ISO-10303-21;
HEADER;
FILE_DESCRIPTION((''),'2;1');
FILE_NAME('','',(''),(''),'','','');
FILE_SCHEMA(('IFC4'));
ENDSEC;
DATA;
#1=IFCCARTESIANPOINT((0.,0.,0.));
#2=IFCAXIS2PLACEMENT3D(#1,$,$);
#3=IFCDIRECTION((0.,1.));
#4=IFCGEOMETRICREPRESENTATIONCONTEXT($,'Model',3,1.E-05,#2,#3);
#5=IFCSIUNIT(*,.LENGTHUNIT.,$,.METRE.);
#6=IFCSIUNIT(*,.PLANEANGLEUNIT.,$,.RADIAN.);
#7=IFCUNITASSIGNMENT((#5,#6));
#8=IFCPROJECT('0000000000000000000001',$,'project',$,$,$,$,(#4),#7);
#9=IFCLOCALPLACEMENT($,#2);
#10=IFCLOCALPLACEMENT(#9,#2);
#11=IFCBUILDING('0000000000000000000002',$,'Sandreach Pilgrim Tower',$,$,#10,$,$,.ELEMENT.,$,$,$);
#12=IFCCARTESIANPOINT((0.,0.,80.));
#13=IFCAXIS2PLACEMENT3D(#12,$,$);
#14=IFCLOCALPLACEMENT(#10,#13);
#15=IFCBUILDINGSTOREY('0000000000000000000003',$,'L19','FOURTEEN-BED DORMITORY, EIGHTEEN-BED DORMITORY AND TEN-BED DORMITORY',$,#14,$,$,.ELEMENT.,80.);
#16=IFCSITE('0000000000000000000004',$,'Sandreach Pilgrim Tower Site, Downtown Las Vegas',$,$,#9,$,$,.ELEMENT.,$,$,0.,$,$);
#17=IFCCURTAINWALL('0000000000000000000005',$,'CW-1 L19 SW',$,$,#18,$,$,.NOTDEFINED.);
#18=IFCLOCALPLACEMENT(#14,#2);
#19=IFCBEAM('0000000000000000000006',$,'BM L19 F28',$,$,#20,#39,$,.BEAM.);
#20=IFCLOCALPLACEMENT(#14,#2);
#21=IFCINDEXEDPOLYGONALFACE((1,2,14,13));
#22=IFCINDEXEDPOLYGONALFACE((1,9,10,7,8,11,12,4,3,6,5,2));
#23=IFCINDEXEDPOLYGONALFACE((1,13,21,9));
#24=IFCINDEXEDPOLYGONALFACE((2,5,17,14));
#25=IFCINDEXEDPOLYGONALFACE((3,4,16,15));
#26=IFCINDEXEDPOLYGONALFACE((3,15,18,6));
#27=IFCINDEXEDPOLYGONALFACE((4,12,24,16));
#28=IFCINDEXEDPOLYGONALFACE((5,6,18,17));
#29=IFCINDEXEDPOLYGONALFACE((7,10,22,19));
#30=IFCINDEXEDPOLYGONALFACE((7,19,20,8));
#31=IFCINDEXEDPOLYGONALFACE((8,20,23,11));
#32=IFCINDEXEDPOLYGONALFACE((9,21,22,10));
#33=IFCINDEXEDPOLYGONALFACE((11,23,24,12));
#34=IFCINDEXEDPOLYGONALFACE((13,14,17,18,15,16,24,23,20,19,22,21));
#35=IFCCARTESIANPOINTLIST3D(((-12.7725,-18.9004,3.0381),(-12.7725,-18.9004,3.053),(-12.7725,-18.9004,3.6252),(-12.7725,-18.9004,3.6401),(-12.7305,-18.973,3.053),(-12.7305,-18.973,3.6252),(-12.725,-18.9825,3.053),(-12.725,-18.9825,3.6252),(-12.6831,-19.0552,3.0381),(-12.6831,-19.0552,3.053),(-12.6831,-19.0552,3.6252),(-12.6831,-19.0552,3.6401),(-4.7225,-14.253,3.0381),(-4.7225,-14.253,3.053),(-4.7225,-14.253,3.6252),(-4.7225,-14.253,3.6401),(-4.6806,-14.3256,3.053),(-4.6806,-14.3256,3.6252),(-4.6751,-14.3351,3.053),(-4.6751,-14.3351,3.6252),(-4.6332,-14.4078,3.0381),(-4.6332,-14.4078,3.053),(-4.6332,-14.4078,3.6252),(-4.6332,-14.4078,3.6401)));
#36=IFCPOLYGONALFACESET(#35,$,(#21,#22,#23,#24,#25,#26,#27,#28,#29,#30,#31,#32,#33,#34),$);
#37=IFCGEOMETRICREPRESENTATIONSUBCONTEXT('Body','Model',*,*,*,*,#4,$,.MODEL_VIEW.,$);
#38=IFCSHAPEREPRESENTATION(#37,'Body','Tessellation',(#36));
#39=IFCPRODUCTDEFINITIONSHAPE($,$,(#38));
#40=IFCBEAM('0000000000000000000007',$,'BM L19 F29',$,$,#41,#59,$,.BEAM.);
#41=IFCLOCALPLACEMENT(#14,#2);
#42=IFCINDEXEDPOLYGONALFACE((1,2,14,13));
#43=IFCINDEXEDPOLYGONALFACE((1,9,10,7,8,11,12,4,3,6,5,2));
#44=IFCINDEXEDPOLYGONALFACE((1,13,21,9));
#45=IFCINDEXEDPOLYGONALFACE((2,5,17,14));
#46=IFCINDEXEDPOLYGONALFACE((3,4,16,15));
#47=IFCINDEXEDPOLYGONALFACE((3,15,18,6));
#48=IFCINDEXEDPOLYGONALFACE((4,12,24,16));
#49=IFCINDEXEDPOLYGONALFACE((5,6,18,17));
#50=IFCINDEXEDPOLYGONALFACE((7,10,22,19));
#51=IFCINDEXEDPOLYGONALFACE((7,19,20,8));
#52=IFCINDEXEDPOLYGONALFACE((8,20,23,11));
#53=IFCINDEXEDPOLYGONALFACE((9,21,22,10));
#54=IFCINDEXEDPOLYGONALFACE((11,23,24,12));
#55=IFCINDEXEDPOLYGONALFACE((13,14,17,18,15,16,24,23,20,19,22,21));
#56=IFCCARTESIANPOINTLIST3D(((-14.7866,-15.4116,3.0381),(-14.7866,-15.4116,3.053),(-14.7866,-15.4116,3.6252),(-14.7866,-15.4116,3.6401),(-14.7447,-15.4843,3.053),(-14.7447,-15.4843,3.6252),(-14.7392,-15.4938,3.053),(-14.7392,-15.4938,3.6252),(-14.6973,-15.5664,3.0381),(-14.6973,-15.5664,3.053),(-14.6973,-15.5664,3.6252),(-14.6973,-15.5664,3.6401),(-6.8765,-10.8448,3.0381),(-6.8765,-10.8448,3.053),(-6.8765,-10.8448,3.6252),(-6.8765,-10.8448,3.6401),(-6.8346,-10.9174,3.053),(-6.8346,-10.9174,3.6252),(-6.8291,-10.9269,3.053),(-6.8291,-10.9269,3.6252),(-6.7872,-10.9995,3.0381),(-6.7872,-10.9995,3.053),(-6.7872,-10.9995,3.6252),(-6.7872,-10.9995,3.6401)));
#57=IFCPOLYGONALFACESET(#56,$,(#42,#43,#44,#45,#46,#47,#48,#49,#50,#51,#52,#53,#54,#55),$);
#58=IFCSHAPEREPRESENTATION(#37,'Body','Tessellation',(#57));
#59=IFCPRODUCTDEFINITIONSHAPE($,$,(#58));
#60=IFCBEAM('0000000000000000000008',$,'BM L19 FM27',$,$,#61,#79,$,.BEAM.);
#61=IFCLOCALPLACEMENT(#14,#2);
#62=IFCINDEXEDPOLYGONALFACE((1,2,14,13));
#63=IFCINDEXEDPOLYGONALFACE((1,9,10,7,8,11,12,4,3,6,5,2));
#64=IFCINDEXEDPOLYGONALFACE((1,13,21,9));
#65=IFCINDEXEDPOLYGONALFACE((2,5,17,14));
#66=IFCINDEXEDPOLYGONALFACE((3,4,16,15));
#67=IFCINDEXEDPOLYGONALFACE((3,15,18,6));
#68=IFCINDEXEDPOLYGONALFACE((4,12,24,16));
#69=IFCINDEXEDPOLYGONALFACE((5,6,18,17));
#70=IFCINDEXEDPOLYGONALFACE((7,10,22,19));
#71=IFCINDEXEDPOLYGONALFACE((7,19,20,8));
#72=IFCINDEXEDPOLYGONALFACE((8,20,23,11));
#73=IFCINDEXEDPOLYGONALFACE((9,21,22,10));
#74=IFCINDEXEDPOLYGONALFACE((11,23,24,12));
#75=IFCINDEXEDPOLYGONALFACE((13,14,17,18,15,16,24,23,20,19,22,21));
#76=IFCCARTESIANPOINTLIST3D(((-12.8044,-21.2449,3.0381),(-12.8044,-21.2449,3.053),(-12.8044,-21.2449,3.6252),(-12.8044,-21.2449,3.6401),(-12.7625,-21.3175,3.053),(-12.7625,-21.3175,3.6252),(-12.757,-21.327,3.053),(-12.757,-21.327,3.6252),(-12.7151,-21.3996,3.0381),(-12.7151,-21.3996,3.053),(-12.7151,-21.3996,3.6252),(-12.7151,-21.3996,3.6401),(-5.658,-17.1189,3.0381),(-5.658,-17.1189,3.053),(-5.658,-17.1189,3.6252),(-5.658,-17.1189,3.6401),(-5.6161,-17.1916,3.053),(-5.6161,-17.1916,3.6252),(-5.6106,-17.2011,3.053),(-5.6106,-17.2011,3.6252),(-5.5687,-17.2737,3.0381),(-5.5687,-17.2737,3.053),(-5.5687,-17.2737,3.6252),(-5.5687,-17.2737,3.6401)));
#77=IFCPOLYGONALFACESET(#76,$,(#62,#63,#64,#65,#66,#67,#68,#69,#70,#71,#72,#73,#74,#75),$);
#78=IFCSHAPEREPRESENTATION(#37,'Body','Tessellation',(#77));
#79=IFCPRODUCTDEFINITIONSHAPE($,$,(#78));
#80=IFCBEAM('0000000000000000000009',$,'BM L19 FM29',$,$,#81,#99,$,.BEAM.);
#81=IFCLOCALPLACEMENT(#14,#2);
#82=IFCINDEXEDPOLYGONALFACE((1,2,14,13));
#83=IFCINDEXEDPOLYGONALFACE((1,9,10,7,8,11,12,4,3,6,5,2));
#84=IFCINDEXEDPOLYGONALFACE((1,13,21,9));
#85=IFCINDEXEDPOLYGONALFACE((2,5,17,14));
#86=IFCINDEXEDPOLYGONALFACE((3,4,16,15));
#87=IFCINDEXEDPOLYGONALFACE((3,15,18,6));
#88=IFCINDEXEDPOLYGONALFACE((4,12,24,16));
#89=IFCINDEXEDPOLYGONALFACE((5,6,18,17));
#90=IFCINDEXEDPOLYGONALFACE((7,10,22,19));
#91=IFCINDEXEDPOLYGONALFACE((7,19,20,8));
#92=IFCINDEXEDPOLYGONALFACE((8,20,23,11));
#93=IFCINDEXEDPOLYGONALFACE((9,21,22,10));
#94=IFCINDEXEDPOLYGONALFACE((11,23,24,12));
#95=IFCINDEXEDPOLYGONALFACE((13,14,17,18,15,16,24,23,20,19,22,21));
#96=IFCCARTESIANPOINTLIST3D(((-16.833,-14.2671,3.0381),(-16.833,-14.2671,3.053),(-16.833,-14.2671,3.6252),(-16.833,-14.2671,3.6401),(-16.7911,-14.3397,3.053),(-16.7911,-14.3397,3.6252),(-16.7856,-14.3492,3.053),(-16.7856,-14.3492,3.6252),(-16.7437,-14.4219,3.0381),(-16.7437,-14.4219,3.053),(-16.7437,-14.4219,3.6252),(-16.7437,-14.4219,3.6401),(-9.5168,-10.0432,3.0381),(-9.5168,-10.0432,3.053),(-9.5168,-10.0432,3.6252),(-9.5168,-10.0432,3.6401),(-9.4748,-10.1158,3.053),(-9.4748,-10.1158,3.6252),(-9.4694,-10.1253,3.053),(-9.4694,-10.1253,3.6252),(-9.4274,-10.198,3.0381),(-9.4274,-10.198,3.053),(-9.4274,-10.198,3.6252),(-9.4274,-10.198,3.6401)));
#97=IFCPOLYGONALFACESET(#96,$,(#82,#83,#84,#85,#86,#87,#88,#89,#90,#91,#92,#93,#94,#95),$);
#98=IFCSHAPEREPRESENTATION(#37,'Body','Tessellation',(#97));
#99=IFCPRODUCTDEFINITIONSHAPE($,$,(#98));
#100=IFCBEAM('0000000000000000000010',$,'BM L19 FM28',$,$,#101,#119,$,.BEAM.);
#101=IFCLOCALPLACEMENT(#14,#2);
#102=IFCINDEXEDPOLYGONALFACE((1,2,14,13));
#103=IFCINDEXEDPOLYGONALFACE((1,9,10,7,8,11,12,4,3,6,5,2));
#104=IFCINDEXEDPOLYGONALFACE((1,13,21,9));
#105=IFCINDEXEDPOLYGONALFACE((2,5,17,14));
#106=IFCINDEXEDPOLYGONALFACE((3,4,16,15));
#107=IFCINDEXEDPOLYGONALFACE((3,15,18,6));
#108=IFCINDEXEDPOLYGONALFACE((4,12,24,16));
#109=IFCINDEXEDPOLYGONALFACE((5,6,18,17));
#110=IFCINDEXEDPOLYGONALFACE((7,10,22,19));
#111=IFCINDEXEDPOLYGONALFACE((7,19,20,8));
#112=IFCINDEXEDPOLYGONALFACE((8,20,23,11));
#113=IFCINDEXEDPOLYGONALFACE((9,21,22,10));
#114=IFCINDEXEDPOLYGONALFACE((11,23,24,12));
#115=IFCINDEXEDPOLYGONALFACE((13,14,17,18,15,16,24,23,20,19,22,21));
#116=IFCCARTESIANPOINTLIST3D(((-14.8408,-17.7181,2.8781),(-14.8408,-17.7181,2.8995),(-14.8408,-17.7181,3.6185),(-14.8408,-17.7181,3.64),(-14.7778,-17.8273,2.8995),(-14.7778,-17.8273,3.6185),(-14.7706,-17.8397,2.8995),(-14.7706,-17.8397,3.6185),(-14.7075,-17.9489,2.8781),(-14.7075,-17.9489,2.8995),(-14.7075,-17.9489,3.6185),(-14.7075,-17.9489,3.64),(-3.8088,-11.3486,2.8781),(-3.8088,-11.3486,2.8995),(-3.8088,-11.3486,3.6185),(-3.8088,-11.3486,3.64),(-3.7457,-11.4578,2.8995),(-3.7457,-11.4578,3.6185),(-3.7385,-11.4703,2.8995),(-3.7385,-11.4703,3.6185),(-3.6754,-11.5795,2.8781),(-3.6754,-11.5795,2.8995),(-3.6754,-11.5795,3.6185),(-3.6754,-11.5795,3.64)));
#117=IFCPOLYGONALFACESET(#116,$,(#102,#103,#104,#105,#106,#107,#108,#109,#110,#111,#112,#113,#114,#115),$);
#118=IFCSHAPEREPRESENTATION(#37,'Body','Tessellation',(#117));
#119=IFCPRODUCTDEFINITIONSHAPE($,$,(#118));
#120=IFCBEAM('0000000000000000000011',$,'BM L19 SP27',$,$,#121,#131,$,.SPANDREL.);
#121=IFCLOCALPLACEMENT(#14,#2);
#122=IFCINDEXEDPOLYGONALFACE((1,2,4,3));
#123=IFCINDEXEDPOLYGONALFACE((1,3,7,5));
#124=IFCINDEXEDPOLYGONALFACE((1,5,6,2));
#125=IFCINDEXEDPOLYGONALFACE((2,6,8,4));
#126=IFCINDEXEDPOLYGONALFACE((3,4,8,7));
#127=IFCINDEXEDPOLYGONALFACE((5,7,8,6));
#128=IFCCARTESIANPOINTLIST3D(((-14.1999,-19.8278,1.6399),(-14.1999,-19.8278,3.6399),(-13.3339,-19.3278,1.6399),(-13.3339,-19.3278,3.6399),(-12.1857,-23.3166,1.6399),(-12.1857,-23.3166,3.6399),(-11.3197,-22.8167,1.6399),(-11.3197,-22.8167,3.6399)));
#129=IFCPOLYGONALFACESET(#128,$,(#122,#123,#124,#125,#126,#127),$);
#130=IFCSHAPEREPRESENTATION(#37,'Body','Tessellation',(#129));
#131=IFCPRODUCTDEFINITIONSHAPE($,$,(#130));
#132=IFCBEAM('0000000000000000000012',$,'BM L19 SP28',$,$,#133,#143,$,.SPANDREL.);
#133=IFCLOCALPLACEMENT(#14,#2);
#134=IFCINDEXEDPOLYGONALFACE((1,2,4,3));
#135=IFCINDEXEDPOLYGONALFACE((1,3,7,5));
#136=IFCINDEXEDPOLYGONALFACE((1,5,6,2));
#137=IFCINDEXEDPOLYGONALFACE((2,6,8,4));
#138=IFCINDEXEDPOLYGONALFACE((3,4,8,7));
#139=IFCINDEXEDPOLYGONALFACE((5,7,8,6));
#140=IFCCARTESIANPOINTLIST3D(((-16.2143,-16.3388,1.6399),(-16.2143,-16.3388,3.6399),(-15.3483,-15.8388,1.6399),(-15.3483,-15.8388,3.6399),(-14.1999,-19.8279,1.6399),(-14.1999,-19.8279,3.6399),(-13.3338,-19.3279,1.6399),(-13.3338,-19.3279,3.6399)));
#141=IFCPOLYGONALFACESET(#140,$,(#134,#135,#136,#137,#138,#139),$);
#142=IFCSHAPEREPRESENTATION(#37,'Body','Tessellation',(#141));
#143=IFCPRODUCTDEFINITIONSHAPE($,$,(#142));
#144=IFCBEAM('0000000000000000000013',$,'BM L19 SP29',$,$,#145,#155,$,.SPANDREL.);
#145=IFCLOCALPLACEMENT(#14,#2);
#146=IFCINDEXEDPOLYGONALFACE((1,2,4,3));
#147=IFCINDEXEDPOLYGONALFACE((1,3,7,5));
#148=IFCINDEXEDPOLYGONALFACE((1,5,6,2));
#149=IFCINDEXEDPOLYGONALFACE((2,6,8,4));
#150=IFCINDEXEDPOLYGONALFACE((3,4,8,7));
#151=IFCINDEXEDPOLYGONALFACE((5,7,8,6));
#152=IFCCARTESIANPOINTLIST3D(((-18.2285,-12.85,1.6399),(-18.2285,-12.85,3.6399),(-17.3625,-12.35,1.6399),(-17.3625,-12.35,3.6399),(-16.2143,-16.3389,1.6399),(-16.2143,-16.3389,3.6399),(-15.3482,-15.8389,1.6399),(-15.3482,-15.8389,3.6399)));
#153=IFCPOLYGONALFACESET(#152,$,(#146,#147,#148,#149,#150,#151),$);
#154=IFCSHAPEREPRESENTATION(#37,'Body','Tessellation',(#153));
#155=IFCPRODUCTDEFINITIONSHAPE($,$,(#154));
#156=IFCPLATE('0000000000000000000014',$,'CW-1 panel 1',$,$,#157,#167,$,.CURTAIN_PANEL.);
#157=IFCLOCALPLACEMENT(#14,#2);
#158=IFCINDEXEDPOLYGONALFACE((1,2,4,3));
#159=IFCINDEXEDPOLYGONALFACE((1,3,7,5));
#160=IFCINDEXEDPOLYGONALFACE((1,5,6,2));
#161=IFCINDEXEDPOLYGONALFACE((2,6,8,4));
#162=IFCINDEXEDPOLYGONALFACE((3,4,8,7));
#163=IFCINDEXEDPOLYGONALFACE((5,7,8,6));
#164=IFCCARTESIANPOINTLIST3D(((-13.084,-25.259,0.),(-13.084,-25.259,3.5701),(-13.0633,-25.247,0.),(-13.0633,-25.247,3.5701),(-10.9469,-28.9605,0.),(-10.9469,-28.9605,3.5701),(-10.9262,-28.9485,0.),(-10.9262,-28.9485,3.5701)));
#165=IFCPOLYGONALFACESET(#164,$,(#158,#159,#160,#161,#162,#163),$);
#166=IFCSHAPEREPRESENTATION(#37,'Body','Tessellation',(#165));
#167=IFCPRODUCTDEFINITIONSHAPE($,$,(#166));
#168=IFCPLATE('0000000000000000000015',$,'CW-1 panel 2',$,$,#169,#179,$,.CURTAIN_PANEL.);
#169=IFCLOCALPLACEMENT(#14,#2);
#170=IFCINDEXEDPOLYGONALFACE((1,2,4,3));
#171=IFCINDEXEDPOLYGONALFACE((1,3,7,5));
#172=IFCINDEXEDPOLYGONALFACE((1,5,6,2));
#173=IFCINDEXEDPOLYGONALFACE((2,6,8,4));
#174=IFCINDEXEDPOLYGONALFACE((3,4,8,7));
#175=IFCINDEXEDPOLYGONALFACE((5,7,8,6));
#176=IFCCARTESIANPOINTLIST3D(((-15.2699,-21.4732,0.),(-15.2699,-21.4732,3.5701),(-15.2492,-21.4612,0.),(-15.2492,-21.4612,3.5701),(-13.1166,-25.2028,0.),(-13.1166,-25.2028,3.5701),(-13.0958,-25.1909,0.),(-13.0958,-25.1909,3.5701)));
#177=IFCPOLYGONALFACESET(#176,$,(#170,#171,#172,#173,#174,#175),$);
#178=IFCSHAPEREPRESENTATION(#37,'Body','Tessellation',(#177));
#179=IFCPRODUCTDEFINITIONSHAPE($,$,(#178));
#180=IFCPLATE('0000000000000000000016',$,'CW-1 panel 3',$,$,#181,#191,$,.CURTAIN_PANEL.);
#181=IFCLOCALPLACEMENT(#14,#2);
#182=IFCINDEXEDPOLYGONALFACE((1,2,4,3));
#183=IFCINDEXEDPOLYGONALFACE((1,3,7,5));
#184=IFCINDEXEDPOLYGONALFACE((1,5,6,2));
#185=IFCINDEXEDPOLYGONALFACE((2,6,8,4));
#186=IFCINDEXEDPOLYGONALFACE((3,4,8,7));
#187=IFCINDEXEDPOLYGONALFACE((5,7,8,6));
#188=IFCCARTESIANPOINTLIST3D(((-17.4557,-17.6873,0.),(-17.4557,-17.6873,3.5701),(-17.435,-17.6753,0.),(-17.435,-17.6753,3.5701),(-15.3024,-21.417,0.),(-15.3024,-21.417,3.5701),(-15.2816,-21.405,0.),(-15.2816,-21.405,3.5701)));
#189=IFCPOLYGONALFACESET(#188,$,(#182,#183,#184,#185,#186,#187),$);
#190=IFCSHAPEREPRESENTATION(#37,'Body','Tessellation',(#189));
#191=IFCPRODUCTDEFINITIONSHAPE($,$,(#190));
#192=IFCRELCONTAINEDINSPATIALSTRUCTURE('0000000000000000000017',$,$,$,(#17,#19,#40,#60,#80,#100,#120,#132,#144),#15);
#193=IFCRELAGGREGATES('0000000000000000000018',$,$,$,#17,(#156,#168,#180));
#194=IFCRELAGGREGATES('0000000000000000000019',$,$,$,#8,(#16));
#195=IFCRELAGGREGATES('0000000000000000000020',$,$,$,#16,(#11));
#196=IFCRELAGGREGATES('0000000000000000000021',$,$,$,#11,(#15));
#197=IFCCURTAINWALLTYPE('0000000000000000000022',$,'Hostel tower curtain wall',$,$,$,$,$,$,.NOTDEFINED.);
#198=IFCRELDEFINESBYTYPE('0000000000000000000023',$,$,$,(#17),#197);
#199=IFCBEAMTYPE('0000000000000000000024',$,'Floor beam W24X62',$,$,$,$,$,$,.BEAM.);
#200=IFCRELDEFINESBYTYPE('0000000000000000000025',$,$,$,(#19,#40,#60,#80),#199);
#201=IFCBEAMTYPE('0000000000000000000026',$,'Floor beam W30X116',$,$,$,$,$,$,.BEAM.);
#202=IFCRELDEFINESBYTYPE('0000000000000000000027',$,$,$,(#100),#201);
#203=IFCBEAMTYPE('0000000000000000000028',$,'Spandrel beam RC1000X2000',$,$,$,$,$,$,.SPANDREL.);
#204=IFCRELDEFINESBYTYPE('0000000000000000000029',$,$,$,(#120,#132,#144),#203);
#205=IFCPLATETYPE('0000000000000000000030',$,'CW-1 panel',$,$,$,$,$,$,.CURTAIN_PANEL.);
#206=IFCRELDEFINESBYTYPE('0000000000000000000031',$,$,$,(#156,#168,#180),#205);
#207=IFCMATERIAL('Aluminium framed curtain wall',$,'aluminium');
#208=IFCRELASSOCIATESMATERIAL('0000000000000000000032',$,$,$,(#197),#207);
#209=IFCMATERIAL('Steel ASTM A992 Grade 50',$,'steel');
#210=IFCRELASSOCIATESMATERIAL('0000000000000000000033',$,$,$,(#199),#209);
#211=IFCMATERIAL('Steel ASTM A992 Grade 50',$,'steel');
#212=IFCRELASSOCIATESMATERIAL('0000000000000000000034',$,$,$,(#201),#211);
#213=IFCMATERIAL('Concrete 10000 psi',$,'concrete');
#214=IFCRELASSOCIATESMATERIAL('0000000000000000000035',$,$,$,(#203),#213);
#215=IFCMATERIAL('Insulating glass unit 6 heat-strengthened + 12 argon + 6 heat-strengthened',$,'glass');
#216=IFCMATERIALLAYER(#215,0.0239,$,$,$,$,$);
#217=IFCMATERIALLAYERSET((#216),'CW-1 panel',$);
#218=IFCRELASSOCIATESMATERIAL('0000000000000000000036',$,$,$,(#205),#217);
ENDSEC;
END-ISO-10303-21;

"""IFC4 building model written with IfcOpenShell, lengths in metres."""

from ifc_helpers import new_model, si_unit, direction, frame, origin, origin_2d, place, context, subcontext, project, spatial, rectangle, i_section, extrude, material, layer, layer_set, material_profile, profile_set, type_object, element, aggregate, save


model = new_model("IFC4")

# Units and contexts
model_context = context("Model", 3, precision=1e-05, world=origin(), true_north=direction((0.0, 1.0)))
body_context = subcontext(model_context, "Body", "Model", "MODEL_VIEW")
ifc_project = project(units=[si_unit("LENGTHUNIT", "METRE"), si_unit("PLANEANGLEUNIT", "RADIAN")], contexts=[model_context])

# Site, building, storey
site_placement = place(None, origin())
site = spatial("IfcSite", under=ifc_project, at=site_placement, Name="Sandreach Pilgrim Tower Site, Downtown Las Vegas", CompositionType="ELEMENT", RefElevation=0.0)
building_placement = place(site_placement, origin())
building = spatial("IfcBuilding", under=site, at=building_placement, Name="Sandreach Pilgrim Tower", CompositionType="ELEMENT")
storey_placement = place(building_placement, frame((0.0, 0.0, 80.0)))
storey = spatial("IfcBuildingStorey", under=building, at=storey_placement, Name="L19", Description="FOURTEEN-BED DORMITORY, EIGHTEEN-BED DORMITORY AND TEN-BED DORMITORY", CompositionType="ELEMENT", Elevation=80.0)

# Curtain wall
ifc_material_1 = material(Name="Aluminium framed curtain wall", Category="aluminium")
curtain_wall_type = type_object("IfcCurtainWallType", Name="Hostel tower curtain wall", PredefinedType="NOTDEFINED", material=ifc_material_1)
curtain_wall_placement = place(storey_placement, origin())
curtain_wall = element("IfcCurtainWall", 1, at=curtain_wall_placement, inside=storey, type_object=curtain_wall_type, Name="CW-1 L19 SW", PredefinedType="NOTDEFINED")

# Beams
ifc_material_2 = material(Name="Steel ASTM A992 Grade 50", Category="steel")
ifc_material_profile_1 = material_profile(ifc_material_2, i_section(OverallWidth=0.1787, OverallDepth=0.6021, WebThickness=0.011, FlangeThickness=0.0149, at=origin_2d()), Name="W24X62")
ifc_profile_set_1 = profile_set([ifc_material_profile_1], Name="Steel ASTM A992 Grade 50")
beam_type_1 = type_object("IfcBeamType", Name="Floor beam W24X62", PredefinedType="BEAM", material=ifc_profile_set_1)
beam_1_placement = place(storey_placement, frame((-12.7278, -18.9778, 3.3391), z_axis=(0.866036, 0.499981, 0.0), x_axis=(-0.499981, 0.866036, 0.0)))
element("IfcBeam", 2, at=beam_1_placement, inside=storey, type_object=beam_type_1, Name="BM L19 F28", PredefinedType="BEAM", context=body_context, shape_type="SweptSolid", body=[
    extrude(i_section(OverallWidth=0.1787, OverallDepth=0.6021, WebThickness=0.011, FlangeThickness=0.0149, at=origin_2d()), origin(), (0.0, 0.0, 1.0), 9.2952),
])
beam_2_placement = place(storey_placement, frame((-14.7419, -15.489, 3.3391), z_axis=(0.866027, 0.499997, 0.0), x_axis=(-0.499997, 0.866027, 0.0)))
element("IfcBeam", 3, at=beam_2_placement, inside=storey, type_object=beam_type_1, Name="BM L19 F29", PredefinedType="BEAM", context=body_context, shape_type="SweptSolid", body=[
    extrude(i_section(OverallWidth=0.1787, OverallDepth=0.6021, WebThickness=0.011, FlangeThickness=0.0149, at=origin_2d()), origin(), (0.0, 0.0, 1.0), 9.1338),
])
beam_3_placement = place(storey_placement, frame((-12.7598, -21.3223, 3.3391), z_axis=(0.866028, 0.499996, 0.0), x_axis=(-0.499996, 0.866028, 0.0)))
element("IfcBeam", 4, at=beam_3_placement, inside=storey, type_object=beam_type_1, Name="BM L19 FM27", PredefinedType="BEAM", context=body_context, shape_type="SweptSolid", body=[
    extrude(i_section(OverallWidth=0.1787, OverallDepth=0.6021, WebThickness=0.011, FlangeThickness=0.0149, at=origin_2d()), origin(), (0.0, 0.0, 1.0), 8.252),
])
beam_4_placement = place(storey_placement, frame((-16.7883, -14.3445, 3.3391), z_axis=(0.866031, 0.49999, 0.0), x_axis=(-0.49999, 0.866031, 0.0)))
element("IfcBeam", 5, at=beam_4_placement, inside=storey, type_object=beam_type_1, Name="BM L19 FM29", PredefinedType="BEAM", context=body_context, shape_type="SweptSolid", body=[
    extrude(i_section(OverallWidth=0.1787, OverallDepth=0.6021, WebThickness=0.011, FlangeThickness=0.0149, at=origin_2d()), origin(), (0.0, 0.0, 1.0), 8.448),
])
ifc_material_3 = material(Name="Steel ASTM A992 Grade 50", Category="steel")
ifc_material_profile_2 = material_profile(ifc_material_3, i_section(OverallWidth=0.2666, OverallDepth=0.762, WebThickness=0.0144, FlangeThickness=0.0215, at=origin_2d()), Name="W30X116")
ifc_profile_set_2 = profile_set([ifc_material_profile_2], Name="Steel ASTM A992 Grade 50")
beam_type_2 = type_object("IfcBeamType", Name="Floor beam W30X116", PredefinedType="BEAM", material=ifc_profile_set_2)
beam_5_placement = place(storey_placement, frame((-14.7742, -17.8335, 3.259), z_axis=(0.866023, 0.500004, 0.0), x_axis=(-0.500004, 0.866023, 0.0)))
element("IfcBeam", 6, at=beam_5_placement, inside=storey, type_object=beam_type_2, Name="BM L19 FM28", PredefinedType="BEAM", context=body_context, shape_type="SweptSolid", body=[
    extrude(i_section(OverallWidth=0.2666, OverallDepth=0.762, WebThickness=0.0144, FlangeThickness=0.0215, at=origin_2d()), origin(), (0.0, 0.0, 1.0), 12.7388),
])
ifc_material_4 = material(Name="Concrete 10000 psi", Category="concrete")
ifc_material_profile_3 = material_profile(ifc_material_4, rectangle(XDim=1.0, YDim=2.0, at=origin_2d()), Name="RC1000X2000")
ifc_profile_set_3 = profile_set([ifc_material_profile_3], Name="Concrete 10000 psi")
beam_type_3 = type_object("IfcBeamType", Name="Spandrel beam RC1000X2000", PredefinedType="SPANDREL", material=ifc_profile_set_3)
beam_6_placement = place(storey_placement, frame((-11.7527, -23.0667, 2.6399), z_axis=(-0.499985, 0.866034, 0.0), x_axis=(-0.866034, -0.499985, 0.0)))
element("IfcBeam", 7, at=beam_6_placement, inside=storey, type_object=beam_type_3, Name="BM L19 SP27", PredefinedType="SPANDREL", context=body_context, shape_type="SweptSolid", body=[
    extrude(rectangle(XDim=1.0, YDim=2.0, at=origin_2d()), origin(), (0.0, 0.0, 1.0), 4.0286),
])
beam_7_placement = place(storey_placement, frame((-13.7668, -19.5779, 2.6399), z_axis=(-0.500004, 0.866023, 0.0), x_axis=(-0.866023, -0.500004, 0.0)))
element("IfcBeam", 8, at=beam_7_placement, inside=storey, type_object=beam_type_3, Name="BM L19 SP28", PredefinedType="SPANDREL", context=body_context, shape_type="SweptSolid", body=[
    extrude(rectangle(XDim=1.0, YDim=2.0, at=origin_2d()), origin(), (0.0, 0.0, 1.0), 4.0288),
])
beam_8_placement = place(storey_placement, frame((-15.7812, -16.0889, 2.6399), z_axis=(-0.499985, 0.866034, 0.0), x_axis=(-0.866034, -0.499985, 0.0)))
element("IfcBeam", 9, at=beam_8_placement, inside=storey, type_object=beam_type_3, Name="BM L19 SP29", PredefinedType="SPANDREL", context=body_context, shape_type="SweptSolid", body=[
    extrude(rectangle(XDim=1.0, YDim=2.0, at=origin_2d()), origin(), (0.0, 0.0, 1.0), 4.0286),
])

# Plates
ifc_material_5 = material(Name="Insulating glass unit 6 heat-strengthened + 12 argon + 6 heat-strengthened", Category="glass")
ifc_layer_1 = layer(ifc_material_5, 0.0239)
ifc_layer_set_1 = layer_set([ifc_layer_1], Name="CW-1 panel")
plate_type = type_object("IfcPlateType", Name="CW-1 panel", PredefinedType="CURTAIN_PANEL", material=ifc_layer_set_1)
plate_1_placement = place(storey_placement, frame((-12.0051, -27.1038, 0.0), z_axis=(0.0, 0.0, 1.0), x_axis=(-0.5, 0.866025, 0.0)))
plate_1 = element("IfcPlate", 10, at=plate_1_placement, type_object=plate_type, Name="CW-1 panel 1", PredefinedType="CURTAIN_PANEL", context=body_context, shape_type="SweptSolid", body=[
    extrude(rectangle(XDim=4.2742, YDim=0.0239, at=origin_2d()), origin(), (0.0, 0.0, 1.0), 3.5701),
])
plate_2_placement = place(storey_placement, frame((-14.1829, -23.332, 0.0), z_axis=(0.0, 0.0, 1.0), x_axis=(-0.5, 0.866025, 0.0)))
plate_2 = element("IfcPlate", 11, at=plate_2_placement, type_object=plate_type, Name="CW-1 panel 2", PredefinedType="CURTAIN_PANEL", context=body_context, shape_type="SweptSolid", body=[
    extrude(rectangle(XDim=4.3066, YDim=0.0239, at=origin_2d()), origin(), (0.0, 0.0, 1.0), 3.5701),
])
plate_3_placement = place(storey_placement, frame((-16.3687, -19.5461, 0.0), z_axis=(0.0, 0.0, 1.0), x_axis=(-0.5, 0.866025, 0.0)))
plate_3 = element("IfcPlate", 12, at=plate_3_placement, type_object=plate_type, Name="CW-1 panel 3", PredefinedType="CURTAIN_PANEL", context=body_context, shape_type="SweptSolid", body=[
    extrude(rectangle(XDim=4.3066, YDim=0.0239, at=origin_2d()), origin(), (0.0, 0.0, 1.0), 3.5701),
])
aggregate(curtain_wall, [plate_1, plate_2, plate_3])

save(model, "model.ifc")
